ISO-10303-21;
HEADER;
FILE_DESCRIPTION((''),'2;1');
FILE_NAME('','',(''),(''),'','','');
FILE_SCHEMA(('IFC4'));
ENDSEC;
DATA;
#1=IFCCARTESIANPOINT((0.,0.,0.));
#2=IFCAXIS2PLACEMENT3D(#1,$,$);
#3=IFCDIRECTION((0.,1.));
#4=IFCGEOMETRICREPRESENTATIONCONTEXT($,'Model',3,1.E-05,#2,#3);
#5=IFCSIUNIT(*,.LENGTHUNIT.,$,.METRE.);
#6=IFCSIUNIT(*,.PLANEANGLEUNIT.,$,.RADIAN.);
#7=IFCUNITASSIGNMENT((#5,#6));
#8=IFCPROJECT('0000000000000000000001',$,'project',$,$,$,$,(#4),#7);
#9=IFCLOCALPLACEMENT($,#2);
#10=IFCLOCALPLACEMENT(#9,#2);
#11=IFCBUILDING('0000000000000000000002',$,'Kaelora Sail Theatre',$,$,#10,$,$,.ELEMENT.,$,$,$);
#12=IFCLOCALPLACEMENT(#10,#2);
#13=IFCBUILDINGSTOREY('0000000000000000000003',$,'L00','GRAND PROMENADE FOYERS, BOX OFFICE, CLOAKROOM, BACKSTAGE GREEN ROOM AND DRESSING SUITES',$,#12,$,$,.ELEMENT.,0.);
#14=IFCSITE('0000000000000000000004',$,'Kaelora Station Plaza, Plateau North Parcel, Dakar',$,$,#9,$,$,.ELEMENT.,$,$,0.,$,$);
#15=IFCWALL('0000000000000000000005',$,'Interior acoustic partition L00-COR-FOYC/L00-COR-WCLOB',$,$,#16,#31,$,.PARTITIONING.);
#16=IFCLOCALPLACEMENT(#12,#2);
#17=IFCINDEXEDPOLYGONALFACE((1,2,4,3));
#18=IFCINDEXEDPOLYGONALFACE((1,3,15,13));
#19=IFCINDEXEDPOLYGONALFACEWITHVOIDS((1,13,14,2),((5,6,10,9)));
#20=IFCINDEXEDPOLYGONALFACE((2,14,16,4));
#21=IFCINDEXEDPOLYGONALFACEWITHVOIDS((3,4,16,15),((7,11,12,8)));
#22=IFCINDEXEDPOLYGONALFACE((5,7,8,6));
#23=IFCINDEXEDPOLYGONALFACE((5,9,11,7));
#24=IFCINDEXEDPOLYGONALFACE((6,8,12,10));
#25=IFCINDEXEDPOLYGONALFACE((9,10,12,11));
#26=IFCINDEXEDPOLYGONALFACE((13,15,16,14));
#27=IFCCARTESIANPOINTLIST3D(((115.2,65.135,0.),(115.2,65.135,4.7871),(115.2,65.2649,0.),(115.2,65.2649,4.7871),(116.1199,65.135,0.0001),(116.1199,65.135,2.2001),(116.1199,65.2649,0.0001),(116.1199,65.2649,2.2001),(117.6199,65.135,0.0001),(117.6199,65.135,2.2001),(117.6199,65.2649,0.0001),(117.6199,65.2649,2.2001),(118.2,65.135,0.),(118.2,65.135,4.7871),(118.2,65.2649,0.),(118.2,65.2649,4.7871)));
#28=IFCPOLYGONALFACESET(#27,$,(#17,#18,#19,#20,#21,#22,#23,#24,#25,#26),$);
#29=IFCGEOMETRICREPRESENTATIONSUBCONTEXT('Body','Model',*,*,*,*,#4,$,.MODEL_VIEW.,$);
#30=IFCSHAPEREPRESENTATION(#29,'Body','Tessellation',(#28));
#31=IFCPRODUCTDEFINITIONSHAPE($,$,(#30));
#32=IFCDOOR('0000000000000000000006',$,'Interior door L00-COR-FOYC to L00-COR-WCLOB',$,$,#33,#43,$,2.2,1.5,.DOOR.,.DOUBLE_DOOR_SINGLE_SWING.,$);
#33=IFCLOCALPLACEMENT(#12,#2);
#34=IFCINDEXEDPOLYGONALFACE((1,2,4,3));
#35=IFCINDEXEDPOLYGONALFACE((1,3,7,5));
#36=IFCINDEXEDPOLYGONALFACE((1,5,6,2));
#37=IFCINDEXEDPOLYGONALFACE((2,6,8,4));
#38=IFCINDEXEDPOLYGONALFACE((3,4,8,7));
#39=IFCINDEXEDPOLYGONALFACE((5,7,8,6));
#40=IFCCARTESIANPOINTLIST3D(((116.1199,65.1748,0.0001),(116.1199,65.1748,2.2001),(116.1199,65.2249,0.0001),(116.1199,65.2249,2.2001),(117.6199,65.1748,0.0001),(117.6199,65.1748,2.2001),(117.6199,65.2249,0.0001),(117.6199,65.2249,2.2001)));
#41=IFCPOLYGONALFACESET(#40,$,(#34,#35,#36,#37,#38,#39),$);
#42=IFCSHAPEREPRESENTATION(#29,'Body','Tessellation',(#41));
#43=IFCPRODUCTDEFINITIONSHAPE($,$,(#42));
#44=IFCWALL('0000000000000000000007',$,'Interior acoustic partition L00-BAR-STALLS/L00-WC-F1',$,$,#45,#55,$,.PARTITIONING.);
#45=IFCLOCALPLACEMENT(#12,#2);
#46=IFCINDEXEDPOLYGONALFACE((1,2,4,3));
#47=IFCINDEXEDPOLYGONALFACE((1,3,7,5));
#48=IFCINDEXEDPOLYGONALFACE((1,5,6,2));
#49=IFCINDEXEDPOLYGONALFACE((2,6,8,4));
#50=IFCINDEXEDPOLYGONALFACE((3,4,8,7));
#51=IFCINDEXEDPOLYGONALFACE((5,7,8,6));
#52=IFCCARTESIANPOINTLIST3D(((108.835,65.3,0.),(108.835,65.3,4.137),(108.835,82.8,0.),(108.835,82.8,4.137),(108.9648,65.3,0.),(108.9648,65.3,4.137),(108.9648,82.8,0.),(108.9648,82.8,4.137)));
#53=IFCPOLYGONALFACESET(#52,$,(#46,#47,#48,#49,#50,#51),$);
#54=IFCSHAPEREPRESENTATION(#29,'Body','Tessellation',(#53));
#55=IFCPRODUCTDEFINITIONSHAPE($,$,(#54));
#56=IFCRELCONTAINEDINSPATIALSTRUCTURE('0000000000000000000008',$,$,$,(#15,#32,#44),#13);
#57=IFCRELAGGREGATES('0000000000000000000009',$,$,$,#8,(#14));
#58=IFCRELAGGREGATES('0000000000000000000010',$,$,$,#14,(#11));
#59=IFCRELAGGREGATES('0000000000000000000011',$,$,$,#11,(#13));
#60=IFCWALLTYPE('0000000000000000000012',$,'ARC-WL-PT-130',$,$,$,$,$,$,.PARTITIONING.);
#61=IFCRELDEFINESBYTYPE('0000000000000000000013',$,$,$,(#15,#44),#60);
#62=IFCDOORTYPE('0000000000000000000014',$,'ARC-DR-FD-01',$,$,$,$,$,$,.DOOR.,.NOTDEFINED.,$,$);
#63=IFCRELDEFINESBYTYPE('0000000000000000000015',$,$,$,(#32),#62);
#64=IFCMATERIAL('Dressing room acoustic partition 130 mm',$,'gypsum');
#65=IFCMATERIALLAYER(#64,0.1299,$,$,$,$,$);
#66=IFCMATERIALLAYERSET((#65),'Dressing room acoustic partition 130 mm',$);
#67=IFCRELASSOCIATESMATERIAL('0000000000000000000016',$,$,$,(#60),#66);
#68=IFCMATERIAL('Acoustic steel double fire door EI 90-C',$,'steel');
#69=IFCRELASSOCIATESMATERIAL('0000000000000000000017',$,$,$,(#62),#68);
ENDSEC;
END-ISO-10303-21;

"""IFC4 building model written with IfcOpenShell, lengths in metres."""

from ifc_helpers import new_model, si_unit, direction, frame, frame_2d, origin, place, context, subcontext, project, spatial, rectangle, extrude, material, layer, layer_set, type_object, element, fill, save


model = new_model("IFC4")

# Units and contexts
model_context = context("Model", 3, precision=1e-05, world=origin(), true_north=direction((0.0, 1.0)))
body_context = subcontext(model_context, "Body", "Model", "MODEL_VIEW")
ifc_project = project(units=[si_unit("LENGTHUNIT", "METRE"), si_unit("PLANEANGLEUNIT", "RADIAN")], contexts=[model_context])

# Site, building, storey
site_placement = place(None, origin())
site = spatial("IfcSite", under=ifc_project, at=site_placement, Name="Kaelora Station Plaza, Plateau North Parcel, Dakar", CompositionType="ELEMENT", RefElevation=0.0)
building_placement = place(site_placement, origin())
building = spatial("IfcBuilding", under=site, at=building_placement, Name="Kaelora Sail Theatre", CompositionType="ELEMENT")
storey_placement = place(building_placement, origin())
storey = spatial("IfcBuildingStorey", under=building, at=storey_placement, Name="L00", Description="GRAND PROMENADE FOYERS, BOX OFFICE, CLOAKROOM, BACKSTAGE GREEN ROOM AND DRESSING SUITES", CompositionType="ELEMENT", Elevation=0.0)

# Wall, opening, door
ifc_material_1 = material(Name="Dressing room acoustic partition 130 mm", Category="gypsum")
ifc_layer_1 = layer(ifc_material_1, 0.1299)
ifc_layer_set_1 = layer_set([ifc_layer_1], Name="Dressing room acoustic partition 130 mm")
wall_type_1 = type_object("IfcWallType", Name="ARC-WL-PT-130", PredefinedType="PARTITIONING", material=ifc_layer_set_1)
wall_1_placement = place(storey_placement, frame((115.2, 65.2, 0.0), z_axis=(0.0, 0.0, 1.0), x_axis=(1.0, 0.0, 0.0)))
wall_1 = element("IfcWall", 1, at=wall_1_placement, inside=storey, type_object=wall_type_1, Name="Interior acoustic partition L00-COR-FOYC/L00-COR-WCLOB", PredefinedType="PARTITIONING", context=body_context, shape_type="SweptSolid", body=[
    extrude(rectangle(XDim=3.0, YDim=0.1299, at=frame_2d((1.5, 0.0))), origin(), (0.0, 0.0, 1.0), 4.7871),
])
opening_1_placement = place(wall_1_placement, frame((0.9199, 0.0, 0.0)))
opening_1 = element("IfcOpeningElement", 2, at=opening_1_placement, cuts=wall_1, PredefinedType="OPENING", context=body_context, shape_type="SweptSolid", body=[
    extrude(rectangle(XDim=1.5, YDim=2.2, at=frame_2d((0.75, 1.1001))), frame((0.0, 0.0749, 0.0), z_axis=(0.0, -1.0, 0.0), x_axis=(1.0, 0.0, 0.0)), (0.0, 0.0, 1.0), 0.1499),
])
ifc_material_2 = material(Name="Acoustic steel double fire door EI 90-C", Category="steel")
door_type_1 = type_object("IfcDoorType", Name="ARC-DR-FD-01", OperationType="NOTDEFINED", PredefinedType="DOOR", material=ifc_material_2)
door_1_placement = place(opening_1_placement, origin())
door_1 = element("IfcDoor", 3, at=door_1_placement, inside=storey, type_object=door_type_1, Name="Interior door L00-COR-FOYC to L00-COR-WCLOB", OperationType="DOUBLE_DOOR_SINGLE_SWING", OverallHeight=2.2, OverallWidth=1.5, PredefinedType="DOOR", context=body_context, shape_type="SweptSolid", body=[
    extrude(rectangle(XDim=1.5, YDim=2.2, at=frame_2d((0.75, 1.1001))), frame((0.0, 0.0249, 0.0), z_axis=(0.0, -1.0, 0.0), x_axis=(1.0, 0.0, 0.0)), (0.0, 0.0, 1.0), 0.05),
])
fill(opening_1, door_1)

# Wall
wall_2_placement = place(storey_placement, frame((108.8999, 65.3, 0.0), z_axis=(0.0, 0.0, 1.0), x_axis=(0.0, 1.0, 0.0)))
element("IfcWall", 4, at=wall_2_placement, inside=storey, type_object=wall_type_1, Name="Interior acoustic partition L00-BAR-STALLS/L00-WC-F1", PredefinedType="PARTITIONING", context=body_context, shape_type="SweptSolid", body=[
    extrude(rectangle(XDim=17.5, YDim=0.1299, at=frame_2d((8.75, 0.0))), origin(), (0.0, 0.0, 1.0), 4.137),
])

save(model, "model.ifc")
